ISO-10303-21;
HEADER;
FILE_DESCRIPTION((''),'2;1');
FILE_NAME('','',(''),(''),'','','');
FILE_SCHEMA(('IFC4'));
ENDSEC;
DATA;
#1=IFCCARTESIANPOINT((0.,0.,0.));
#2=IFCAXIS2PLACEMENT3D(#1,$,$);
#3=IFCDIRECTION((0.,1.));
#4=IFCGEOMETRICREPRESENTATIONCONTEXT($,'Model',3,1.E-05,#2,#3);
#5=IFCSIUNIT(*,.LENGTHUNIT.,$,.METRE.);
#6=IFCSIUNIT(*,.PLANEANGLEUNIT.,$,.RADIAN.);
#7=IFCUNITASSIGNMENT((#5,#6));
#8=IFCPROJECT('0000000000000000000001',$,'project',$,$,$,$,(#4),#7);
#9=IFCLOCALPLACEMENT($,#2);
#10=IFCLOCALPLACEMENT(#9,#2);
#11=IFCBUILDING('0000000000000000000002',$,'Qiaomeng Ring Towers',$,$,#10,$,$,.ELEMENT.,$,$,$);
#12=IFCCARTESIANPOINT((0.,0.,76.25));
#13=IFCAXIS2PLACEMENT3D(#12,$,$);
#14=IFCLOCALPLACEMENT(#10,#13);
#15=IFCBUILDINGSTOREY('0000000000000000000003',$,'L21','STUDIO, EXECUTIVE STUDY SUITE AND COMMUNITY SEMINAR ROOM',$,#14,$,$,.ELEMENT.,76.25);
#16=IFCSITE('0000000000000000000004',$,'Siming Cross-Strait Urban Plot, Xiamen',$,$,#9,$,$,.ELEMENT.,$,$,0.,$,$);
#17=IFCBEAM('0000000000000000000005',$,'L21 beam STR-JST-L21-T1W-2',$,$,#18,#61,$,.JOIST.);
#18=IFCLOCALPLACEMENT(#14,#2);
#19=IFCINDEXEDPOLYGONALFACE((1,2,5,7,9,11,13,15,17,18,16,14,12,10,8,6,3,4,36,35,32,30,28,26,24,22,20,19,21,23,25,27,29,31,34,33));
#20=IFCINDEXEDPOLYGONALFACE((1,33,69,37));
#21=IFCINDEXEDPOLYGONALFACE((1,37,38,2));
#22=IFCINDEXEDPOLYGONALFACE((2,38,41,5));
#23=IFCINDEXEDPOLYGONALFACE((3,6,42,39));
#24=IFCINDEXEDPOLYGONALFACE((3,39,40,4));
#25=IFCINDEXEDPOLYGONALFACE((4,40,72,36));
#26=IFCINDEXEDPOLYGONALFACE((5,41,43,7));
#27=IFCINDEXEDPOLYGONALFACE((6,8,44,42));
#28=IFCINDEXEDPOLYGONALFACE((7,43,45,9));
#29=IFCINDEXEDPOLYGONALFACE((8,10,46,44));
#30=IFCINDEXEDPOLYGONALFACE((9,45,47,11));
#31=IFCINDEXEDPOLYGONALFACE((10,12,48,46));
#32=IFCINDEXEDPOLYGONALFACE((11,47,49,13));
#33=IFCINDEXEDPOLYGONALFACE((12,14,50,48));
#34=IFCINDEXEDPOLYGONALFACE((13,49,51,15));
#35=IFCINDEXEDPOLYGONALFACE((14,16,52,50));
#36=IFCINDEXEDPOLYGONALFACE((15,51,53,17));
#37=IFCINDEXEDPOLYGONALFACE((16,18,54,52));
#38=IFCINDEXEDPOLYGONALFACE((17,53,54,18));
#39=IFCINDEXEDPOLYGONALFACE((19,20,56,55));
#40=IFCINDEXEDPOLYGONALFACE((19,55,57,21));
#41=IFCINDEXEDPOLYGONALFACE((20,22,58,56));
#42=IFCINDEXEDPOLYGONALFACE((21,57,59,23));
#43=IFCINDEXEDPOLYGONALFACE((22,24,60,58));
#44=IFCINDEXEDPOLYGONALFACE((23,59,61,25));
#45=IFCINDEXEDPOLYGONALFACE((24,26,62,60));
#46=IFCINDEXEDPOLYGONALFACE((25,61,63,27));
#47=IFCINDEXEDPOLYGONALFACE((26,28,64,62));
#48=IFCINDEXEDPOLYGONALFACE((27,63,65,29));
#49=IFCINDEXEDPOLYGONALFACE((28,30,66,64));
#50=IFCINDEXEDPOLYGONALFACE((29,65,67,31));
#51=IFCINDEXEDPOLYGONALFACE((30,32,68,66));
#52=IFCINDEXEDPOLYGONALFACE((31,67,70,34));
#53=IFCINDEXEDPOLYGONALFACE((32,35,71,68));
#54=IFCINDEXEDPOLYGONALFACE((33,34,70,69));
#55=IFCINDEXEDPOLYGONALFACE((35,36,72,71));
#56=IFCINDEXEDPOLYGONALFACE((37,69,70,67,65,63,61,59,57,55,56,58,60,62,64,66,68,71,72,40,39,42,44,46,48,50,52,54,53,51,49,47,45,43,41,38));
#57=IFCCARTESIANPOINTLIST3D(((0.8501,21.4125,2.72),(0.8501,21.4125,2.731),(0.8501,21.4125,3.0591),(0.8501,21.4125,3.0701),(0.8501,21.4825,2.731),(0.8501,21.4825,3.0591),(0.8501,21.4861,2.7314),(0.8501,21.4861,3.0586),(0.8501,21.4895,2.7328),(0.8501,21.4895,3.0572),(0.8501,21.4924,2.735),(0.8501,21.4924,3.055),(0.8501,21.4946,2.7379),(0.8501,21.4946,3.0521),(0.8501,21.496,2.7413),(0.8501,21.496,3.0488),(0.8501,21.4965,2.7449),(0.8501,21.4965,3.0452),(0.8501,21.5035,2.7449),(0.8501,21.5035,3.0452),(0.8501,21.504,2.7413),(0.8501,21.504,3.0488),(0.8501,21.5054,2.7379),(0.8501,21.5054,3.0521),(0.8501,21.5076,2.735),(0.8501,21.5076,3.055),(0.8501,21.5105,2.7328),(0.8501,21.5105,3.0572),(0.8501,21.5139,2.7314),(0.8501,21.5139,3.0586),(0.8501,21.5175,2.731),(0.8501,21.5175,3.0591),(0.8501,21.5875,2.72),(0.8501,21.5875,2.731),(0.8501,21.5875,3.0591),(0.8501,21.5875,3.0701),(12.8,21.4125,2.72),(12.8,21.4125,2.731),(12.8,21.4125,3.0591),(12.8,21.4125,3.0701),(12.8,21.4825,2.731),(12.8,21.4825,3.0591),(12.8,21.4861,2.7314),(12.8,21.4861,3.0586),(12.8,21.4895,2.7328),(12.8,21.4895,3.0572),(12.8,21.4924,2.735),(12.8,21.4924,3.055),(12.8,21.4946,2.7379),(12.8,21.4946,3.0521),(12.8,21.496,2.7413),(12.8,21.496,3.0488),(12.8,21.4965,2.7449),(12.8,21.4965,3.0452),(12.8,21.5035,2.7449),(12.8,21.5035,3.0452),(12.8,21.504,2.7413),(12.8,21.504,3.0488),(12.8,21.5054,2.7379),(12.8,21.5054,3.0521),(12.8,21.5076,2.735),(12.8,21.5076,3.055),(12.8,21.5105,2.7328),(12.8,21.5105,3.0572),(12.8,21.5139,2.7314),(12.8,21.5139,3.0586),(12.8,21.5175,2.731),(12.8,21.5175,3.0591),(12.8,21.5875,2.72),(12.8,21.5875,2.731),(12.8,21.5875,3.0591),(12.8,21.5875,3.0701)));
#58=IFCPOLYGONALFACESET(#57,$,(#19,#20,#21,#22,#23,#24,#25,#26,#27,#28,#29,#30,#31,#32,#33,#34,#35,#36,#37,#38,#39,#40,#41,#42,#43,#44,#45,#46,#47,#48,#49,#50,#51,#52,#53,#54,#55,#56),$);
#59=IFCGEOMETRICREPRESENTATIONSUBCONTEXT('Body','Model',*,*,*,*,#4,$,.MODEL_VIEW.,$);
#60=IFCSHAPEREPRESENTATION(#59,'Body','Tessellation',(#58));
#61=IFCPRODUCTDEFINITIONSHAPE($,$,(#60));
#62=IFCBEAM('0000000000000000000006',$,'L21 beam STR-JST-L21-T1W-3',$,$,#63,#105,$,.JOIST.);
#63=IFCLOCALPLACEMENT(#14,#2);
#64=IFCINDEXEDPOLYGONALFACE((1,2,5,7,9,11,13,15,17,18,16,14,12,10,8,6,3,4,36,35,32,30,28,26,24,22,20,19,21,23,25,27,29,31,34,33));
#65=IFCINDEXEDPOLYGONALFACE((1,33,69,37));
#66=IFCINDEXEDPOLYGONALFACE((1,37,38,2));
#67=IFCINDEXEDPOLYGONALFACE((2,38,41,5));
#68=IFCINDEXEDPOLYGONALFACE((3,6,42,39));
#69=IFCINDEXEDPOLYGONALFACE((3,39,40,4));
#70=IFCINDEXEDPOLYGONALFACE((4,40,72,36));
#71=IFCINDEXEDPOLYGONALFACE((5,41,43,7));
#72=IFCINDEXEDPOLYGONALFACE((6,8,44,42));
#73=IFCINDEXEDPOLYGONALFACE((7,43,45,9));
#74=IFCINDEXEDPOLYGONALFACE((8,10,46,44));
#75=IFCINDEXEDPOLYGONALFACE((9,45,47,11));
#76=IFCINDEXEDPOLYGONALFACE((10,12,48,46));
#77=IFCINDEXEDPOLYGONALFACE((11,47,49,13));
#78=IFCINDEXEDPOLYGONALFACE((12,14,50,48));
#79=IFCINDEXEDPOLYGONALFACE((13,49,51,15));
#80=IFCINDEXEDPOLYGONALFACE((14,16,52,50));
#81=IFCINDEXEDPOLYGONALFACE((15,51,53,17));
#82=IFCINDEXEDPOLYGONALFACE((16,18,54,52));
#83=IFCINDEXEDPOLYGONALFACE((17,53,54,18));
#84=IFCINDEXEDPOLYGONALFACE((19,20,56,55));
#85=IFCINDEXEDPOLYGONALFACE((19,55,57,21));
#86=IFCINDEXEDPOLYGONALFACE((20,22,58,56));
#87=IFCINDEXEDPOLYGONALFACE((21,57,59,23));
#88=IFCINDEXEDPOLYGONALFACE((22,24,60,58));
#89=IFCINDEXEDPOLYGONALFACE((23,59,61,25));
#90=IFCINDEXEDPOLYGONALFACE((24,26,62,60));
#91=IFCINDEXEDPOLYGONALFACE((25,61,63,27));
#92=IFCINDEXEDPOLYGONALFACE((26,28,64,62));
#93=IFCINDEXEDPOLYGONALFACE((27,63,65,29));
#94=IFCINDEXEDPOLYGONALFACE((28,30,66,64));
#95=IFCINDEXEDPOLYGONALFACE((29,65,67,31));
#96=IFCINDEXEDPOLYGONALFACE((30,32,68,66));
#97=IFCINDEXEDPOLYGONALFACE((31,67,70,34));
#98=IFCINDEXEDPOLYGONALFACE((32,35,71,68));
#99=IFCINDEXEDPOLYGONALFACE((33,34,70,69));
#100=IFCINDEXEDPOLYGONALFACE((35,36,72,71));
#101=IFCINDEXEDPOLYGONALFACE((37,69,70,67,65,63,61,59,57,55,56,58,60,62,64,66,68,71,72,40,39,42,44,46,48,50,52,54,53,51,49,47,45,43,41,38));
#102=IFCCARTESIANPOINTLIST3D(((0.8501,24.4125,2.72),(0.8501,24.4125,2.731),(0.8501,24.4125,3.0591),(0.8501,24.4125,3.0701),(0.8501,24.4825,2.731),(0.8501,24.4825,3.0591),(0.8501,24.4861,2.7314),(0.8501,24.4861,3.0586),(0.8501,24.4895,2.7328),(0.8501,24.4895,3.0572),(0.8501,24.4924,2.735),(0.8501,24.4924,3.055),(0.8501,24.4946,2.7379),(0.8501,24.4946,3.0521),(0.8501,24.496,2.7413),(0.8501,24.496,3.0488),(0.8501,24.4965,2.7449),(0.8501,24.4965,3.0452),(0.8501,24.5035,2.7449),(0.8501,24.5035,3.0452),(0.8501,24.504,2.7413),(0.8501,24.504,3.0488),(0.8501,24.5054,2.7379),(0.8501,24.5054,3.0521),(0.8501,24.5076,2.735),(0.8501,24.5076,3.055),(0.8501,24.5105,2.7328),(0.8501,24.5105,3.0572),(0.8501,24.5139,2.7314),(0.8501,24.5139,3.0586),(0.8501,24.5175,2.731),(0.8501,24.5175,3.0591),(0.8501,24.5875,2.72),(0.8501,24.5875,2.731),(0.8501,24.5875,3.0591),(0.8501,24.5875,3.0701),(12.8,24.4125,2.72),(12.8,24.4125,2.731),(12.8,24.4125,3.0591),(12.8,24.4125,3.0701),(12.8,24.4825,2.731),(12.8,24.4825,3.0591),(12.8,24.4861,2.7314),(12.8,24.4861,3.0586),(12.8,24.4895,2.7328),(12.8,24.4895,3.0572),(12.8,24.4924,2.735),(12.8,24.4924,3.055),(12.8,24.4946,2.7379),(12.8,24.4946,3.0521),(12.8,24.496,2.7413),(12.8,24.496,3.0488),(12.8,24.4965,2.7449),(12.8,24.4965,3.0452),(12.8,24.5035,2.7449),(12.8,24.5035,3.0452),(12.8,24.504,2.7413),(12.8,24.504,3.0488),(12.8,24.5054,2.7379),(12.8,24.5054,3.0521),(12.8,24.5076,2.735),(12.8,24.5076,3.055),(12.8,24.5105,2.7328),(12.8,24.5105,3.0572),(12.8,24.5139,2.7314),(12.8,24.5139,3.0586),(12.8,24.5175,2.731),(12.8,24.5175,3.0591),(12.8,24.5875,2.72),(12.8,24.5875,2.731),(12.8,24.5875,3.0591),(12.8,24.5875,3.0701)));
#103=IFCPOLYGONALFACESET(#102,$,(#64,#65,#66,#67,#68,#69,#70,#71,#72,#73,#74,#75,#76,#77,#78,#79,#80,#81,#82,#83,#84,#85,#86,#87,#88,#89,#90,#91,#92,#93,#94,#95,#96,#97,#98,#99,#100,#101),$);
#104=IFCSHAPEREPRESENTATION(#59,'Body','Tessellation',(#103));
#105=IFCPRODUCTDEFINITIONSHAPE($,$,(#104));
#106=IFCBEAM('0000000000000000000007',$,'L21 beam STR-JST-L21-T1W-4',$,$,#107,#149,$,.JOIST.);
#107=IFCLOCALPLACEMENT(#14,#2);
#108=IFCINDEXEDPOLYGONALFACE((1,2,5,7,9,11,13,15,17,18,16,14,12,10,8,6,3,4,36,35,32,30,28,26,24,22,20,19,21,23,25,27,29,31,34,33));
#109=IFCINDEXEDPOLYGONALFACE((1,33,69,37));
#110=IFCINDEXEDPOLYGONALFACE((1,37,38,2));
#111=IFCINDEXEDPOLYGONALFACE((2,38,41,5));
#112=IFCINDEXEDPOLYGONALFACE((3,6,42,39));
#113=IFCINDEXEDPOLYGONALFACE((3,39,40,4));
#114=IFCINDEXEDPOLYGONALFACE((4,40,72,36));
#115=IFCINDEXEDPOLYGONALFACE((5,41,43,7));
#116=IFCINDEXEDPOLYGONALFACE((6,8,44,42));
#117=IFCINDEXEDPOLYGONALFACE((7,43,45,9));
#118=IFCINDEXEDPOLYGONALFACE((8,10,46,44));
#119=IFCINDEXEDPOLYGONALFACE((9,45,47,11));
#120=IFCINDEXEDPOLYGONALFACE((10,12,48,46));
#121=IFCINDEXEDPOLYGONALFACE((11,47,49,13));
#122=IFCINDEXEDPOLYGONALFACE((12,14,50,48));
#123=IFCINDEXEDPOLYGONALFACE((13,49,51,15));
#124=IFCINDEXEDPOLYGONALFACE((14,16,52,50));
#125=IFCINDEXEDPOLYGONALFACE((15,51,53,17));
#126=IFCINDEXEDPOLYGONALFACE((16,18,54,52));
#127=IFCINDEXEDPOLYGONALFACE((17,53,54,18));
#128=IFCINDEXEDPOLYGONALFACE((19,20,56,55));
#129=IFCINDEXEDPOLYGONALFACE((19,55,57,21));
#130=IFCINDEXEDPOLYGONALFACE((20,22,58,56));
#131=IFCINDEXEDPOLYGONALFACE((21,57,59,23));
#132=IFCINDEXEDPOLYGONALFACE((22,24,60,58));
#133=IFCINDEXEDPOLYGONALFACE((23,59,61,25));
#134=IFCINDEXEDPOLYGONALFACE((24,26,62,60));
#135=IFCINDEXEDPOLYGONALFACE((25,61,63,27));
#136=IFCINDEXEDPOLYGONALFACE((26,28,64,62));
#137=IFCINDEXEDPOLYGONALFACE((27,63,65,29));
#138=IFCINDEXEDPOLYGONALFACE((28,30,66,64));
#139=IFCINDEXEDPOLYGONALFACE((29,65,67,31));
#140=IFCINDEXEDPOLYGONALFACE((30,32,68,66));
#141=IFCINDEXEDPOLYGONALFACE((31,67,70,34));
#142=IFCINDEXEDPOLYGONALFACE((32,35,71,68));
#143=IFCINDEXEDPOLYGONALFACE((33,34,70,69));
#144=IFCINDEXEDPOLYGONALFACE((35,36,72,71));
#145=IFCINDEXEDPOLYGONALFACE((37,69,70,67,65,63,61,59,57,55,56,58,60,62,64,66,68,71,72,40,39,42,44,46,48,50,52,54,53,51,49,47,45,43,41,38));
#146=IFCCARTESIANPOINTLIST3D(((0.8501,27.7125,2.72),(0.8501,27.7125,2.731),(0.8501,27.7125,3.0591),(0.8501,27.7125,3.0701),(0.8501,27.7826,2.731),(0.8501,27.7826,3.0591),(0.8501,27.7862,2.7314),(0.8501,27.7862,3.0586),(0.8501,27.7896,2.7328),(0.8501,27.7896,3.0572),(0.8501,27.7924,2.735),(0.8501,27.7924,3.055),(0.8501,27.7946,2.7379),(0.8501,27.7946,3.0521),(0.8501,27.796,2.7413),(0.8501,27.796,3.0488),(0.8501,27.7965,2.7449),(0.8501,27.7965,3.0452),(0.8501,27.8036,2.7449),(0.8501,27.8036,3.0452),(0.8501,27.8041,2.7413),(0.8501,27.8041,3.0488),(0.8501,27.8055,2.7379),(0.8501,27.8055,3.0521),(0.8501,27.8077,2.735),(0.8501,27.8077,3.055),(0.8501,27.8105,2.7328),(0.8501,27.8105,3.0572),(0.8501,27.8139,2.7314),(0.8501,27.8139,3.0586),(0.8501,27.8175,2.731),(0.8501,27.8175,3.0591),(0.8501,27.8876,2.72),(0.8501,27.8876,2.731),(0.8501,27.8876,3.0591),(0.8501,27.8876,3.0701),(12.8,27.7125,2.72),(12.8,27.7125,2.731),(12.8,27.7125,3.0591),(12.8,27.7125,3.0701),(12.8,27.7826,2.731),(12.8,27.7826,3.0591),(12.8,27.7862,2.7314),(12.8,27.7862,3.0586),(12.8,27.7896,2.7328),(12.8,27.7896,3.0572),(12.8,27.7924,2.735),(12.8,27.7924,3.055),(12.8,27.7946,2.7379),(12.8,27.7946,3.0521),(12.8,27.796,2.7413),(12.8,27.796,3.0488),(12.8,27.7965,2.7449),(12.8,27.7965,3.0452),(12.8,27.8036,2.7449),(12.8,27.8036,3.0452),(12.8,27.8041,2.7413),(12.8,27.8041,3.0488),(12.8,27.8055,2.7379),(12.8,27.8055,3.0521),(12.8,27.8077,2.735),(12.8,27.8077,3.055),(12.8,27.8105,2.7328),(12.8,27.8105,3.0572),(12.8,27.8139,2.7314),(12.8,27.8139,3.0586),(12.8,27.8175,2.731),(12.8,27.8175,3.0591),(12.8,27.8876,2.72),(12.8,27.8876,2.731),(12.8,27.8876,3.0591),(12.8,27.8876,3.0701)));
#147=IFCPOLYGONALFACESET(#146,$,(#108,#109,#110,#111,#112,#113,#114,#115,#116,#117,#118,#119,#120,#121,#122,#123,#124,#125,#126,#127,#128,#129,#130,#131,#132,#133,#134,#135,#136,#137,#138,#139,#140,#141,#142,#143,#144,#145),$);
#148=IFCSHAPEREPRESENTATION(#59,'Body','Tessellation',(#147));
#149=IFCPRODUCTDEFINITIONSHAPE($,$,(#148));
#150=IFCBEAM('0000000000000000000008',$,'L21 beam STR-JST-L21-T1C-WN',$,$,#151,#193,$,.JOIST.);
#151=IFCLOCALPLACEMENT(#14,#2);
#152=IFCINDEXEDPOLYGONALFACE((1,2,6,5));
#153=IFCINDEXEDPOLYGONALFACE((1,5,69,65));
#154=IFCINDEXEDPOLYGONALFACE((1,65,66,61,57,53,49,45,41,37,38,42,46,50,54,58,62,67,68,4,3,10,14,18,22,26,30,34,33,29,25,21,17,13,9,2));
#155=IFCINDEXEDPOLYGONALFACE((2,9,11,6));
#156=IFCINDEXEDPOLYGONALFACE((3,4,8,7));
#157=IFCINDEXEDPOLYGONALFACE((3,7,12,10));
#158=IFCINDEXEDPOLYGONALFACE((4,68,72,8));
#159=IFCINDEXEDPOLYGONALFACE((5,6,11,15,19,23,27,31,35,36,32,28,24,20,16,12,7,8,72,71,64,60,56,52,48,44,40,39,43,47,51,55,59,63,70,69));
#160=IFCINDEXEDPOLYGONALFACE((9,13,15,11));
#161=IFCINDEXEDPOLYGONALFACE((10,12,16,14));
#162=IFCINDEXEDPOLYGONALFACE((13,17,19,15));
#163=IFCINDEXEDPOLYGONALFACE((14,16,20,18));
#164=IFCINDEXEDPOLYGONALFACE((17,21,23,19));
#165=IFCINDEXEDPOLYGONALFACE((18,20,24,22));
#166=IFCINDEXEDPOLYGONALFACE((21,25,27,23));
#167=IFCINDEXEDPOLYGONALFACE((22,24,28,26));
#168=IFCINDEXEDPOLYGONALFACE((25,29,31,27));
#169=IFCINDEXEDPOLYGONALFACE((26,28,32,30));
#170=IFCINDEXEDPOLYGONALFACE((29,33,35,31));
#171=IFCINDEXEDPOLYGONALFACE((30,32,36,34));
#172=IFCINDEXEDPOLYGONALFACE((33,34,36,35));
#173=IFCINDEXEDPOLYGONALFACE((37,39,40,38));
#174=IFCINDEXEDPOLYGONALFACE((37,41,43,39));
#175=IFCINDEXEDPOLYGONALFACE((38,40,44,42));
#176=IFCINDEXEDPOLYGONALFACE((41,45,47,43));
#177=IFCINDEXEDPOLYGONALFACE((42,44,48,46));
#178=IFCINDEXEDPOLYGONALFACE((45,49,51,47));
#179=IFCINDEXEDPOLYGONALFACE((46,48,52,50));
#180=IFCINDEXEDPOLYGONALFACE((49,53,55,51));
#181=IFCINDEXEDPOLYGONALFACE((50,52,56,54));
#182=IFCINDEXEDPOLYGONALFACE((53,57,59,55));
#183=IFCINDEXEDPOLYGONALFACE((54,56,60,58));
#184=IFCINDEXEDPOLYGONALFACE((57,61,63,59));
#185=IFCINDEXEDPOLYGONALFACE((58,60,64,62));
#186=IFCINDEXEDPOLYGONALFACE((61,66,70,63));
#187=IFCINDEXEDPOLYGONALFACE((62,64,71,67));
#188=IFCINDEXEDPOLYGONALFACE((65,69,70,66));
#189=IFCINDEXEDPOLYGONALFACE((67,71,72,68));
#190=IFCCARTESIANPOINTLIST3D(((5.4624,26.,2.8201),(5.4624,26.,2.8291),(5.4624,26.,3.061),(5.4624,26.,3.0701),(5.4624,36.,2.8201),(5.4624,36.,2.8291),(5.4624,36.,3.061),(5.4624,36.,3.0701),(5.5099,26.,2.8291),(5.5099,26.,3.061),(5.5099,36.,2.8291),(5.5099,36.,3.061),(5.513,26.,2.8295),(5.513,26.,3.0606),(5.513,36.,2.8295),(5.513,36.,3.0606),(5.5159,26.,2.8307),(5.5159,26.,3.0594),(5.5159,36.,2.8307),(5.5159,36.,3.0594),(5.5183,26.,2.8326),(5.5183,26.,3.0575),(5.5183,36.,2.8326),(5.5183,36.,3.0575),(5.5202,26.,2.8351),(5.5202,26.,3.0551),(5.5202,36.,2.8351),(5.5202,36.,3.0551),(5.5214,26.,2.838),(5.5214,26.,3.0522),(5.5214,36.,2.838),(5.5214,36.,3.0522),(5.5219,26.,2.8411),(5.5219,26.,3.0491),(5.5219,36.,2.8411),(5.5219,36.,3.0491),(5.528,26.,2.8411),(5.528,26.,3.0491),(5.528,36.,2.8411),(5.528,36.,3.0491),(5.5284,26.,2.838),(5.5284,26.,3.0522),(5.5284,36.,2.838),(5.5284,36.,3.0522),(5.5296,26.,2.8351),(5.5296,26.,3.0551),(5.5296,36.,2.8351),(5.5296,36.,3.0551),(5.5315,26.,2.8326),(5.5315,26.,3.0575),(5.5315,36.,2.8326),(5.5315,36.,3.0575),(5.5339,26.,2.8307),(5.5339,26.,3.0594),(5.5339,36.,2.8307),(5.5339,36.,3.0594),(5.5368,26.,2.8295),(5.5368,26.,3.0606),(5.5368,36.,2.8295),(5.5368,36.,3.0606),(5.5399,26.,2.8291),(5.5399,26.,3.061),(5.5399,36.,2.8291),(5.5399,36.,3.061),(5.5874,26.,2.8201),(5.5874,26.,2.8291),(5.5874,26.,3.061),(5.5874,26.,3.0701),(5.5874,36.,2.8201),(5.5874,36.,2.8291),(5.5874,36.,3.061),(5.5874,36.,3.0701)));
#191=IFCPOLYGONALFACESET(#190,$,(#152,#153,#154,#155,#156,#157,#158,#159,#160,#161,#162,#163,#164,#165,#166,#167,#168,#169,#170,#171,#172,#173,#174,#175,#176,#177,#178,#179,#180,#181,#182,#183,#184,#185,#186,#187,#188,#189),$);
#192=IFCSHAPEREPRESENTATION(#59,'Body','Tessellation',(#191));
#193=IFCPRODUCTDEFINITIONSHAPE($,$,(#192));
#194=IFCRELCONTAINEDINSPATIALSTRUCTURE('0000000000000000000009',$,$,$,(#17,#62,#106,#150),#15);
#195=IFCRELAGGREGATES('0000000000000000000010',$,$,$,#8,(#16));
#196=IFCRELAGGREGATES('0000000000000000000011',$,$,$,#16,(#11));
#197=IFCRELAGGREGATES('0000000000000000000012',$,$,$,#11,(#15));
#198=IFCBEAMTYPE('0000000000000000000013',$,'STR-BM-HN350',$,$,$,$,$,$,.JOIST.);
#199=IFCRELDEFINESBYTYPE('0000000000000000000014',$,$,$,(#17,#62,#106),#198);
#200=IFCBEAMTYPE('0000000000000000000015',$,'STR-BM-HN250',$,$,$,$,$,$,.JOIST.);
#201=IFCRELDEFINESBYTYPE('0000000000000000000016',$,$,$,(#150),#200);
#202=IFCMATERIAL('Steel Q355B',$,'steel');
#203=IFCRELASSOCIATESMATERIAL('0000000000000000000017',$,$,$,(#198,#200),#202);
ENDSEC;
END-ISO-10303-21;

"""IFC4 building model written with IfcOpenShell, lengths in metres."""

from ifc_helpers import new_model, si_unit, direction, frame, origin, origin_2d, place, context, subcontext, project, spatial, i_section, extrude, source, transform, mapped, material, material_profile, profile_set, type_object, element, save


model = new_model("IFC4")

# Units and contexts
model_context = context("Model", 3, precision=1e-05, world=origin(), true_north=direction((0.0, 1.0)))
body_context = subcontext(model_context, "Body", "Model", "MODEL_VIEW")
ifc_project = project(units=[si_unit("LENGTHUNIT", "METRE"), si_unit("PLANEANGLEUNIT", "RADIAN")], contexts=[model_context])

# Site, building, storey
site_placement = place(None, origin())
site = spatial("IfcSite", under=ifc_project, at=site_placement, Name="Siming Cross-Strait Urban Plot, Xiamen", CompositionType="ELEMENT", RefElevation=0.0)
building_placement = place(site_placement, origin())
building = spatial("IfcBuilding", under=site, at=building_placement, Name="Qiaomeng Ring Towers", CompositionType="ELEMENT")
storey_placement = place(building_placement, frame((0.0, 0.0, 76.25)))
storey = spatial("IfcBuildingStorey", under=building, at=storey_placement, Name="L21", Description="STUDIO, EXECUTIVE STUDY SUITE AND COMMUNITY SEMINAR ROOM", CompositionType="ELEMENT", Elevation=76.25)

# Beams
ifc_material_1 = material(Name="Steel Q355B", Category="steel")
ifc_material_profile_1 = material_profile(ifc_material_1, i_section(OverallWidth=0.175, OverallDepth=0.3501, WebThickness=0.0071, FlangeThickness=0.011, FilletRadius=0.0139, at=origin_2d()), Name="HN 350x175x7x11")
ifc_profile_set_1 = profile_set([ifc_material_profile_1], Name="Steel Q355B")
beam_type_1 = type_object("IfcBeamType", Name="STR-BM-HN350", PredefinedType="JOIST", material=ifc_profile_set_1)
shared_shape_1 = source(origin(), body_context, "Body", "SweptSolid", [
    extrude(i_section(OverallWidth=0.175, OverallDepth=0.3501, WebThickness=0.0071, FlangeThickness=0.011, FilletRadius=0.0139, at=origin_2d()), origin(), (0.0, 0.0, 1.0), 11.95),
])
for number, where, z_axis, x_axis, name in (
    (1, (0.8501, 21.5, 2.895), (1.0, 0.0, 0.0), (0.0, 1.0, 0.0), "L21 beam STR-JST-L21-T1W-2"),
    (2, (0.8501, 24.5, 2.895), (1.0, 0.0, 0.0), (0.0, 1.0, 0.0), "L21 beam STR-JST-L21-T1W-3"),
    (3, (0.8501, 27.8, 2.895), (1.0, 0.0, 0.0), (0.0, 1.0, 0.0), "L21 beam STR-JST-L21-T1W-4"),
):
    element("IfcBeam", number, at=place(storey_placement, frame(where, z_axis=z_axis, x_axis=x_axis)), inside=storey, type_object=beam_type_1, Name=name, PredefinedType="JOIST", context=body_context, shape_type="MappedRepresentation", body=[
        mapped(shared_shape_1, transform((0.0, 0.0, 0.0), x_axis=(1.0, 0.0, 0.0), y_axis=(0.0, 1.0, 0.0), z_axis=(0.0, 0.0, 1.0), scale=1.0)),
    ])
ifc_material_profile_2 = material_profile(ifc_material_1, i_section(OverallWidth=0.125, OverallDepth=0.25, WebThickness=0.0061, FlangeThickness=0.009, FilletRadius=0.012, at=origin_2d()), Name="HN 250x125x6x9")
ifc_profile_set_2 = profile_set([ifc_material_profile_2], Name="Steel Q355B")
beam_type_2 = type_object("IfcBeamType", Name="STR-BM-HN250", PredefinedType="JOIST", material=ifc_profile_set_2)
shared_shape_2 = source(origin(), body_context, "Body", "SweptSolid", [
    extrude(i_section(OverallWidth=0.125, OverallDepth=0.25, WebThickness=0.0061, FlangeThickness=0.009, FilletRadius=0.012, at=origin_2d()), origin(), (0.0, 0.0, 1.0), 10.0),
])
beam_1_placement = place(storey_placement, frame((5.5249, 26.0, 2.9451), z_axis=(0.0, 1.0, 0.0), x_axis=(-1.0, 0.0, 0.0)))
element("IfcBeam", 4, at=beam_1_placement, inside=storey, type_object=beam_type_2, Name="L21 beam STR-JST-L21-T1C-WN", PredefinedType="JOIST", context=body_context, shape_type="MappedRepresentation", body=[
    mapped(shared_shape_2, transform((0.0, 0.0, 0.0), x_axis=(1.0, 0.0, 0.0), y_axis=(0.0, 1.0, 0.0), z_axis=(0.0, 0.0, 1.0), scale=1.0)),
])

save(model, "model.ifc")
